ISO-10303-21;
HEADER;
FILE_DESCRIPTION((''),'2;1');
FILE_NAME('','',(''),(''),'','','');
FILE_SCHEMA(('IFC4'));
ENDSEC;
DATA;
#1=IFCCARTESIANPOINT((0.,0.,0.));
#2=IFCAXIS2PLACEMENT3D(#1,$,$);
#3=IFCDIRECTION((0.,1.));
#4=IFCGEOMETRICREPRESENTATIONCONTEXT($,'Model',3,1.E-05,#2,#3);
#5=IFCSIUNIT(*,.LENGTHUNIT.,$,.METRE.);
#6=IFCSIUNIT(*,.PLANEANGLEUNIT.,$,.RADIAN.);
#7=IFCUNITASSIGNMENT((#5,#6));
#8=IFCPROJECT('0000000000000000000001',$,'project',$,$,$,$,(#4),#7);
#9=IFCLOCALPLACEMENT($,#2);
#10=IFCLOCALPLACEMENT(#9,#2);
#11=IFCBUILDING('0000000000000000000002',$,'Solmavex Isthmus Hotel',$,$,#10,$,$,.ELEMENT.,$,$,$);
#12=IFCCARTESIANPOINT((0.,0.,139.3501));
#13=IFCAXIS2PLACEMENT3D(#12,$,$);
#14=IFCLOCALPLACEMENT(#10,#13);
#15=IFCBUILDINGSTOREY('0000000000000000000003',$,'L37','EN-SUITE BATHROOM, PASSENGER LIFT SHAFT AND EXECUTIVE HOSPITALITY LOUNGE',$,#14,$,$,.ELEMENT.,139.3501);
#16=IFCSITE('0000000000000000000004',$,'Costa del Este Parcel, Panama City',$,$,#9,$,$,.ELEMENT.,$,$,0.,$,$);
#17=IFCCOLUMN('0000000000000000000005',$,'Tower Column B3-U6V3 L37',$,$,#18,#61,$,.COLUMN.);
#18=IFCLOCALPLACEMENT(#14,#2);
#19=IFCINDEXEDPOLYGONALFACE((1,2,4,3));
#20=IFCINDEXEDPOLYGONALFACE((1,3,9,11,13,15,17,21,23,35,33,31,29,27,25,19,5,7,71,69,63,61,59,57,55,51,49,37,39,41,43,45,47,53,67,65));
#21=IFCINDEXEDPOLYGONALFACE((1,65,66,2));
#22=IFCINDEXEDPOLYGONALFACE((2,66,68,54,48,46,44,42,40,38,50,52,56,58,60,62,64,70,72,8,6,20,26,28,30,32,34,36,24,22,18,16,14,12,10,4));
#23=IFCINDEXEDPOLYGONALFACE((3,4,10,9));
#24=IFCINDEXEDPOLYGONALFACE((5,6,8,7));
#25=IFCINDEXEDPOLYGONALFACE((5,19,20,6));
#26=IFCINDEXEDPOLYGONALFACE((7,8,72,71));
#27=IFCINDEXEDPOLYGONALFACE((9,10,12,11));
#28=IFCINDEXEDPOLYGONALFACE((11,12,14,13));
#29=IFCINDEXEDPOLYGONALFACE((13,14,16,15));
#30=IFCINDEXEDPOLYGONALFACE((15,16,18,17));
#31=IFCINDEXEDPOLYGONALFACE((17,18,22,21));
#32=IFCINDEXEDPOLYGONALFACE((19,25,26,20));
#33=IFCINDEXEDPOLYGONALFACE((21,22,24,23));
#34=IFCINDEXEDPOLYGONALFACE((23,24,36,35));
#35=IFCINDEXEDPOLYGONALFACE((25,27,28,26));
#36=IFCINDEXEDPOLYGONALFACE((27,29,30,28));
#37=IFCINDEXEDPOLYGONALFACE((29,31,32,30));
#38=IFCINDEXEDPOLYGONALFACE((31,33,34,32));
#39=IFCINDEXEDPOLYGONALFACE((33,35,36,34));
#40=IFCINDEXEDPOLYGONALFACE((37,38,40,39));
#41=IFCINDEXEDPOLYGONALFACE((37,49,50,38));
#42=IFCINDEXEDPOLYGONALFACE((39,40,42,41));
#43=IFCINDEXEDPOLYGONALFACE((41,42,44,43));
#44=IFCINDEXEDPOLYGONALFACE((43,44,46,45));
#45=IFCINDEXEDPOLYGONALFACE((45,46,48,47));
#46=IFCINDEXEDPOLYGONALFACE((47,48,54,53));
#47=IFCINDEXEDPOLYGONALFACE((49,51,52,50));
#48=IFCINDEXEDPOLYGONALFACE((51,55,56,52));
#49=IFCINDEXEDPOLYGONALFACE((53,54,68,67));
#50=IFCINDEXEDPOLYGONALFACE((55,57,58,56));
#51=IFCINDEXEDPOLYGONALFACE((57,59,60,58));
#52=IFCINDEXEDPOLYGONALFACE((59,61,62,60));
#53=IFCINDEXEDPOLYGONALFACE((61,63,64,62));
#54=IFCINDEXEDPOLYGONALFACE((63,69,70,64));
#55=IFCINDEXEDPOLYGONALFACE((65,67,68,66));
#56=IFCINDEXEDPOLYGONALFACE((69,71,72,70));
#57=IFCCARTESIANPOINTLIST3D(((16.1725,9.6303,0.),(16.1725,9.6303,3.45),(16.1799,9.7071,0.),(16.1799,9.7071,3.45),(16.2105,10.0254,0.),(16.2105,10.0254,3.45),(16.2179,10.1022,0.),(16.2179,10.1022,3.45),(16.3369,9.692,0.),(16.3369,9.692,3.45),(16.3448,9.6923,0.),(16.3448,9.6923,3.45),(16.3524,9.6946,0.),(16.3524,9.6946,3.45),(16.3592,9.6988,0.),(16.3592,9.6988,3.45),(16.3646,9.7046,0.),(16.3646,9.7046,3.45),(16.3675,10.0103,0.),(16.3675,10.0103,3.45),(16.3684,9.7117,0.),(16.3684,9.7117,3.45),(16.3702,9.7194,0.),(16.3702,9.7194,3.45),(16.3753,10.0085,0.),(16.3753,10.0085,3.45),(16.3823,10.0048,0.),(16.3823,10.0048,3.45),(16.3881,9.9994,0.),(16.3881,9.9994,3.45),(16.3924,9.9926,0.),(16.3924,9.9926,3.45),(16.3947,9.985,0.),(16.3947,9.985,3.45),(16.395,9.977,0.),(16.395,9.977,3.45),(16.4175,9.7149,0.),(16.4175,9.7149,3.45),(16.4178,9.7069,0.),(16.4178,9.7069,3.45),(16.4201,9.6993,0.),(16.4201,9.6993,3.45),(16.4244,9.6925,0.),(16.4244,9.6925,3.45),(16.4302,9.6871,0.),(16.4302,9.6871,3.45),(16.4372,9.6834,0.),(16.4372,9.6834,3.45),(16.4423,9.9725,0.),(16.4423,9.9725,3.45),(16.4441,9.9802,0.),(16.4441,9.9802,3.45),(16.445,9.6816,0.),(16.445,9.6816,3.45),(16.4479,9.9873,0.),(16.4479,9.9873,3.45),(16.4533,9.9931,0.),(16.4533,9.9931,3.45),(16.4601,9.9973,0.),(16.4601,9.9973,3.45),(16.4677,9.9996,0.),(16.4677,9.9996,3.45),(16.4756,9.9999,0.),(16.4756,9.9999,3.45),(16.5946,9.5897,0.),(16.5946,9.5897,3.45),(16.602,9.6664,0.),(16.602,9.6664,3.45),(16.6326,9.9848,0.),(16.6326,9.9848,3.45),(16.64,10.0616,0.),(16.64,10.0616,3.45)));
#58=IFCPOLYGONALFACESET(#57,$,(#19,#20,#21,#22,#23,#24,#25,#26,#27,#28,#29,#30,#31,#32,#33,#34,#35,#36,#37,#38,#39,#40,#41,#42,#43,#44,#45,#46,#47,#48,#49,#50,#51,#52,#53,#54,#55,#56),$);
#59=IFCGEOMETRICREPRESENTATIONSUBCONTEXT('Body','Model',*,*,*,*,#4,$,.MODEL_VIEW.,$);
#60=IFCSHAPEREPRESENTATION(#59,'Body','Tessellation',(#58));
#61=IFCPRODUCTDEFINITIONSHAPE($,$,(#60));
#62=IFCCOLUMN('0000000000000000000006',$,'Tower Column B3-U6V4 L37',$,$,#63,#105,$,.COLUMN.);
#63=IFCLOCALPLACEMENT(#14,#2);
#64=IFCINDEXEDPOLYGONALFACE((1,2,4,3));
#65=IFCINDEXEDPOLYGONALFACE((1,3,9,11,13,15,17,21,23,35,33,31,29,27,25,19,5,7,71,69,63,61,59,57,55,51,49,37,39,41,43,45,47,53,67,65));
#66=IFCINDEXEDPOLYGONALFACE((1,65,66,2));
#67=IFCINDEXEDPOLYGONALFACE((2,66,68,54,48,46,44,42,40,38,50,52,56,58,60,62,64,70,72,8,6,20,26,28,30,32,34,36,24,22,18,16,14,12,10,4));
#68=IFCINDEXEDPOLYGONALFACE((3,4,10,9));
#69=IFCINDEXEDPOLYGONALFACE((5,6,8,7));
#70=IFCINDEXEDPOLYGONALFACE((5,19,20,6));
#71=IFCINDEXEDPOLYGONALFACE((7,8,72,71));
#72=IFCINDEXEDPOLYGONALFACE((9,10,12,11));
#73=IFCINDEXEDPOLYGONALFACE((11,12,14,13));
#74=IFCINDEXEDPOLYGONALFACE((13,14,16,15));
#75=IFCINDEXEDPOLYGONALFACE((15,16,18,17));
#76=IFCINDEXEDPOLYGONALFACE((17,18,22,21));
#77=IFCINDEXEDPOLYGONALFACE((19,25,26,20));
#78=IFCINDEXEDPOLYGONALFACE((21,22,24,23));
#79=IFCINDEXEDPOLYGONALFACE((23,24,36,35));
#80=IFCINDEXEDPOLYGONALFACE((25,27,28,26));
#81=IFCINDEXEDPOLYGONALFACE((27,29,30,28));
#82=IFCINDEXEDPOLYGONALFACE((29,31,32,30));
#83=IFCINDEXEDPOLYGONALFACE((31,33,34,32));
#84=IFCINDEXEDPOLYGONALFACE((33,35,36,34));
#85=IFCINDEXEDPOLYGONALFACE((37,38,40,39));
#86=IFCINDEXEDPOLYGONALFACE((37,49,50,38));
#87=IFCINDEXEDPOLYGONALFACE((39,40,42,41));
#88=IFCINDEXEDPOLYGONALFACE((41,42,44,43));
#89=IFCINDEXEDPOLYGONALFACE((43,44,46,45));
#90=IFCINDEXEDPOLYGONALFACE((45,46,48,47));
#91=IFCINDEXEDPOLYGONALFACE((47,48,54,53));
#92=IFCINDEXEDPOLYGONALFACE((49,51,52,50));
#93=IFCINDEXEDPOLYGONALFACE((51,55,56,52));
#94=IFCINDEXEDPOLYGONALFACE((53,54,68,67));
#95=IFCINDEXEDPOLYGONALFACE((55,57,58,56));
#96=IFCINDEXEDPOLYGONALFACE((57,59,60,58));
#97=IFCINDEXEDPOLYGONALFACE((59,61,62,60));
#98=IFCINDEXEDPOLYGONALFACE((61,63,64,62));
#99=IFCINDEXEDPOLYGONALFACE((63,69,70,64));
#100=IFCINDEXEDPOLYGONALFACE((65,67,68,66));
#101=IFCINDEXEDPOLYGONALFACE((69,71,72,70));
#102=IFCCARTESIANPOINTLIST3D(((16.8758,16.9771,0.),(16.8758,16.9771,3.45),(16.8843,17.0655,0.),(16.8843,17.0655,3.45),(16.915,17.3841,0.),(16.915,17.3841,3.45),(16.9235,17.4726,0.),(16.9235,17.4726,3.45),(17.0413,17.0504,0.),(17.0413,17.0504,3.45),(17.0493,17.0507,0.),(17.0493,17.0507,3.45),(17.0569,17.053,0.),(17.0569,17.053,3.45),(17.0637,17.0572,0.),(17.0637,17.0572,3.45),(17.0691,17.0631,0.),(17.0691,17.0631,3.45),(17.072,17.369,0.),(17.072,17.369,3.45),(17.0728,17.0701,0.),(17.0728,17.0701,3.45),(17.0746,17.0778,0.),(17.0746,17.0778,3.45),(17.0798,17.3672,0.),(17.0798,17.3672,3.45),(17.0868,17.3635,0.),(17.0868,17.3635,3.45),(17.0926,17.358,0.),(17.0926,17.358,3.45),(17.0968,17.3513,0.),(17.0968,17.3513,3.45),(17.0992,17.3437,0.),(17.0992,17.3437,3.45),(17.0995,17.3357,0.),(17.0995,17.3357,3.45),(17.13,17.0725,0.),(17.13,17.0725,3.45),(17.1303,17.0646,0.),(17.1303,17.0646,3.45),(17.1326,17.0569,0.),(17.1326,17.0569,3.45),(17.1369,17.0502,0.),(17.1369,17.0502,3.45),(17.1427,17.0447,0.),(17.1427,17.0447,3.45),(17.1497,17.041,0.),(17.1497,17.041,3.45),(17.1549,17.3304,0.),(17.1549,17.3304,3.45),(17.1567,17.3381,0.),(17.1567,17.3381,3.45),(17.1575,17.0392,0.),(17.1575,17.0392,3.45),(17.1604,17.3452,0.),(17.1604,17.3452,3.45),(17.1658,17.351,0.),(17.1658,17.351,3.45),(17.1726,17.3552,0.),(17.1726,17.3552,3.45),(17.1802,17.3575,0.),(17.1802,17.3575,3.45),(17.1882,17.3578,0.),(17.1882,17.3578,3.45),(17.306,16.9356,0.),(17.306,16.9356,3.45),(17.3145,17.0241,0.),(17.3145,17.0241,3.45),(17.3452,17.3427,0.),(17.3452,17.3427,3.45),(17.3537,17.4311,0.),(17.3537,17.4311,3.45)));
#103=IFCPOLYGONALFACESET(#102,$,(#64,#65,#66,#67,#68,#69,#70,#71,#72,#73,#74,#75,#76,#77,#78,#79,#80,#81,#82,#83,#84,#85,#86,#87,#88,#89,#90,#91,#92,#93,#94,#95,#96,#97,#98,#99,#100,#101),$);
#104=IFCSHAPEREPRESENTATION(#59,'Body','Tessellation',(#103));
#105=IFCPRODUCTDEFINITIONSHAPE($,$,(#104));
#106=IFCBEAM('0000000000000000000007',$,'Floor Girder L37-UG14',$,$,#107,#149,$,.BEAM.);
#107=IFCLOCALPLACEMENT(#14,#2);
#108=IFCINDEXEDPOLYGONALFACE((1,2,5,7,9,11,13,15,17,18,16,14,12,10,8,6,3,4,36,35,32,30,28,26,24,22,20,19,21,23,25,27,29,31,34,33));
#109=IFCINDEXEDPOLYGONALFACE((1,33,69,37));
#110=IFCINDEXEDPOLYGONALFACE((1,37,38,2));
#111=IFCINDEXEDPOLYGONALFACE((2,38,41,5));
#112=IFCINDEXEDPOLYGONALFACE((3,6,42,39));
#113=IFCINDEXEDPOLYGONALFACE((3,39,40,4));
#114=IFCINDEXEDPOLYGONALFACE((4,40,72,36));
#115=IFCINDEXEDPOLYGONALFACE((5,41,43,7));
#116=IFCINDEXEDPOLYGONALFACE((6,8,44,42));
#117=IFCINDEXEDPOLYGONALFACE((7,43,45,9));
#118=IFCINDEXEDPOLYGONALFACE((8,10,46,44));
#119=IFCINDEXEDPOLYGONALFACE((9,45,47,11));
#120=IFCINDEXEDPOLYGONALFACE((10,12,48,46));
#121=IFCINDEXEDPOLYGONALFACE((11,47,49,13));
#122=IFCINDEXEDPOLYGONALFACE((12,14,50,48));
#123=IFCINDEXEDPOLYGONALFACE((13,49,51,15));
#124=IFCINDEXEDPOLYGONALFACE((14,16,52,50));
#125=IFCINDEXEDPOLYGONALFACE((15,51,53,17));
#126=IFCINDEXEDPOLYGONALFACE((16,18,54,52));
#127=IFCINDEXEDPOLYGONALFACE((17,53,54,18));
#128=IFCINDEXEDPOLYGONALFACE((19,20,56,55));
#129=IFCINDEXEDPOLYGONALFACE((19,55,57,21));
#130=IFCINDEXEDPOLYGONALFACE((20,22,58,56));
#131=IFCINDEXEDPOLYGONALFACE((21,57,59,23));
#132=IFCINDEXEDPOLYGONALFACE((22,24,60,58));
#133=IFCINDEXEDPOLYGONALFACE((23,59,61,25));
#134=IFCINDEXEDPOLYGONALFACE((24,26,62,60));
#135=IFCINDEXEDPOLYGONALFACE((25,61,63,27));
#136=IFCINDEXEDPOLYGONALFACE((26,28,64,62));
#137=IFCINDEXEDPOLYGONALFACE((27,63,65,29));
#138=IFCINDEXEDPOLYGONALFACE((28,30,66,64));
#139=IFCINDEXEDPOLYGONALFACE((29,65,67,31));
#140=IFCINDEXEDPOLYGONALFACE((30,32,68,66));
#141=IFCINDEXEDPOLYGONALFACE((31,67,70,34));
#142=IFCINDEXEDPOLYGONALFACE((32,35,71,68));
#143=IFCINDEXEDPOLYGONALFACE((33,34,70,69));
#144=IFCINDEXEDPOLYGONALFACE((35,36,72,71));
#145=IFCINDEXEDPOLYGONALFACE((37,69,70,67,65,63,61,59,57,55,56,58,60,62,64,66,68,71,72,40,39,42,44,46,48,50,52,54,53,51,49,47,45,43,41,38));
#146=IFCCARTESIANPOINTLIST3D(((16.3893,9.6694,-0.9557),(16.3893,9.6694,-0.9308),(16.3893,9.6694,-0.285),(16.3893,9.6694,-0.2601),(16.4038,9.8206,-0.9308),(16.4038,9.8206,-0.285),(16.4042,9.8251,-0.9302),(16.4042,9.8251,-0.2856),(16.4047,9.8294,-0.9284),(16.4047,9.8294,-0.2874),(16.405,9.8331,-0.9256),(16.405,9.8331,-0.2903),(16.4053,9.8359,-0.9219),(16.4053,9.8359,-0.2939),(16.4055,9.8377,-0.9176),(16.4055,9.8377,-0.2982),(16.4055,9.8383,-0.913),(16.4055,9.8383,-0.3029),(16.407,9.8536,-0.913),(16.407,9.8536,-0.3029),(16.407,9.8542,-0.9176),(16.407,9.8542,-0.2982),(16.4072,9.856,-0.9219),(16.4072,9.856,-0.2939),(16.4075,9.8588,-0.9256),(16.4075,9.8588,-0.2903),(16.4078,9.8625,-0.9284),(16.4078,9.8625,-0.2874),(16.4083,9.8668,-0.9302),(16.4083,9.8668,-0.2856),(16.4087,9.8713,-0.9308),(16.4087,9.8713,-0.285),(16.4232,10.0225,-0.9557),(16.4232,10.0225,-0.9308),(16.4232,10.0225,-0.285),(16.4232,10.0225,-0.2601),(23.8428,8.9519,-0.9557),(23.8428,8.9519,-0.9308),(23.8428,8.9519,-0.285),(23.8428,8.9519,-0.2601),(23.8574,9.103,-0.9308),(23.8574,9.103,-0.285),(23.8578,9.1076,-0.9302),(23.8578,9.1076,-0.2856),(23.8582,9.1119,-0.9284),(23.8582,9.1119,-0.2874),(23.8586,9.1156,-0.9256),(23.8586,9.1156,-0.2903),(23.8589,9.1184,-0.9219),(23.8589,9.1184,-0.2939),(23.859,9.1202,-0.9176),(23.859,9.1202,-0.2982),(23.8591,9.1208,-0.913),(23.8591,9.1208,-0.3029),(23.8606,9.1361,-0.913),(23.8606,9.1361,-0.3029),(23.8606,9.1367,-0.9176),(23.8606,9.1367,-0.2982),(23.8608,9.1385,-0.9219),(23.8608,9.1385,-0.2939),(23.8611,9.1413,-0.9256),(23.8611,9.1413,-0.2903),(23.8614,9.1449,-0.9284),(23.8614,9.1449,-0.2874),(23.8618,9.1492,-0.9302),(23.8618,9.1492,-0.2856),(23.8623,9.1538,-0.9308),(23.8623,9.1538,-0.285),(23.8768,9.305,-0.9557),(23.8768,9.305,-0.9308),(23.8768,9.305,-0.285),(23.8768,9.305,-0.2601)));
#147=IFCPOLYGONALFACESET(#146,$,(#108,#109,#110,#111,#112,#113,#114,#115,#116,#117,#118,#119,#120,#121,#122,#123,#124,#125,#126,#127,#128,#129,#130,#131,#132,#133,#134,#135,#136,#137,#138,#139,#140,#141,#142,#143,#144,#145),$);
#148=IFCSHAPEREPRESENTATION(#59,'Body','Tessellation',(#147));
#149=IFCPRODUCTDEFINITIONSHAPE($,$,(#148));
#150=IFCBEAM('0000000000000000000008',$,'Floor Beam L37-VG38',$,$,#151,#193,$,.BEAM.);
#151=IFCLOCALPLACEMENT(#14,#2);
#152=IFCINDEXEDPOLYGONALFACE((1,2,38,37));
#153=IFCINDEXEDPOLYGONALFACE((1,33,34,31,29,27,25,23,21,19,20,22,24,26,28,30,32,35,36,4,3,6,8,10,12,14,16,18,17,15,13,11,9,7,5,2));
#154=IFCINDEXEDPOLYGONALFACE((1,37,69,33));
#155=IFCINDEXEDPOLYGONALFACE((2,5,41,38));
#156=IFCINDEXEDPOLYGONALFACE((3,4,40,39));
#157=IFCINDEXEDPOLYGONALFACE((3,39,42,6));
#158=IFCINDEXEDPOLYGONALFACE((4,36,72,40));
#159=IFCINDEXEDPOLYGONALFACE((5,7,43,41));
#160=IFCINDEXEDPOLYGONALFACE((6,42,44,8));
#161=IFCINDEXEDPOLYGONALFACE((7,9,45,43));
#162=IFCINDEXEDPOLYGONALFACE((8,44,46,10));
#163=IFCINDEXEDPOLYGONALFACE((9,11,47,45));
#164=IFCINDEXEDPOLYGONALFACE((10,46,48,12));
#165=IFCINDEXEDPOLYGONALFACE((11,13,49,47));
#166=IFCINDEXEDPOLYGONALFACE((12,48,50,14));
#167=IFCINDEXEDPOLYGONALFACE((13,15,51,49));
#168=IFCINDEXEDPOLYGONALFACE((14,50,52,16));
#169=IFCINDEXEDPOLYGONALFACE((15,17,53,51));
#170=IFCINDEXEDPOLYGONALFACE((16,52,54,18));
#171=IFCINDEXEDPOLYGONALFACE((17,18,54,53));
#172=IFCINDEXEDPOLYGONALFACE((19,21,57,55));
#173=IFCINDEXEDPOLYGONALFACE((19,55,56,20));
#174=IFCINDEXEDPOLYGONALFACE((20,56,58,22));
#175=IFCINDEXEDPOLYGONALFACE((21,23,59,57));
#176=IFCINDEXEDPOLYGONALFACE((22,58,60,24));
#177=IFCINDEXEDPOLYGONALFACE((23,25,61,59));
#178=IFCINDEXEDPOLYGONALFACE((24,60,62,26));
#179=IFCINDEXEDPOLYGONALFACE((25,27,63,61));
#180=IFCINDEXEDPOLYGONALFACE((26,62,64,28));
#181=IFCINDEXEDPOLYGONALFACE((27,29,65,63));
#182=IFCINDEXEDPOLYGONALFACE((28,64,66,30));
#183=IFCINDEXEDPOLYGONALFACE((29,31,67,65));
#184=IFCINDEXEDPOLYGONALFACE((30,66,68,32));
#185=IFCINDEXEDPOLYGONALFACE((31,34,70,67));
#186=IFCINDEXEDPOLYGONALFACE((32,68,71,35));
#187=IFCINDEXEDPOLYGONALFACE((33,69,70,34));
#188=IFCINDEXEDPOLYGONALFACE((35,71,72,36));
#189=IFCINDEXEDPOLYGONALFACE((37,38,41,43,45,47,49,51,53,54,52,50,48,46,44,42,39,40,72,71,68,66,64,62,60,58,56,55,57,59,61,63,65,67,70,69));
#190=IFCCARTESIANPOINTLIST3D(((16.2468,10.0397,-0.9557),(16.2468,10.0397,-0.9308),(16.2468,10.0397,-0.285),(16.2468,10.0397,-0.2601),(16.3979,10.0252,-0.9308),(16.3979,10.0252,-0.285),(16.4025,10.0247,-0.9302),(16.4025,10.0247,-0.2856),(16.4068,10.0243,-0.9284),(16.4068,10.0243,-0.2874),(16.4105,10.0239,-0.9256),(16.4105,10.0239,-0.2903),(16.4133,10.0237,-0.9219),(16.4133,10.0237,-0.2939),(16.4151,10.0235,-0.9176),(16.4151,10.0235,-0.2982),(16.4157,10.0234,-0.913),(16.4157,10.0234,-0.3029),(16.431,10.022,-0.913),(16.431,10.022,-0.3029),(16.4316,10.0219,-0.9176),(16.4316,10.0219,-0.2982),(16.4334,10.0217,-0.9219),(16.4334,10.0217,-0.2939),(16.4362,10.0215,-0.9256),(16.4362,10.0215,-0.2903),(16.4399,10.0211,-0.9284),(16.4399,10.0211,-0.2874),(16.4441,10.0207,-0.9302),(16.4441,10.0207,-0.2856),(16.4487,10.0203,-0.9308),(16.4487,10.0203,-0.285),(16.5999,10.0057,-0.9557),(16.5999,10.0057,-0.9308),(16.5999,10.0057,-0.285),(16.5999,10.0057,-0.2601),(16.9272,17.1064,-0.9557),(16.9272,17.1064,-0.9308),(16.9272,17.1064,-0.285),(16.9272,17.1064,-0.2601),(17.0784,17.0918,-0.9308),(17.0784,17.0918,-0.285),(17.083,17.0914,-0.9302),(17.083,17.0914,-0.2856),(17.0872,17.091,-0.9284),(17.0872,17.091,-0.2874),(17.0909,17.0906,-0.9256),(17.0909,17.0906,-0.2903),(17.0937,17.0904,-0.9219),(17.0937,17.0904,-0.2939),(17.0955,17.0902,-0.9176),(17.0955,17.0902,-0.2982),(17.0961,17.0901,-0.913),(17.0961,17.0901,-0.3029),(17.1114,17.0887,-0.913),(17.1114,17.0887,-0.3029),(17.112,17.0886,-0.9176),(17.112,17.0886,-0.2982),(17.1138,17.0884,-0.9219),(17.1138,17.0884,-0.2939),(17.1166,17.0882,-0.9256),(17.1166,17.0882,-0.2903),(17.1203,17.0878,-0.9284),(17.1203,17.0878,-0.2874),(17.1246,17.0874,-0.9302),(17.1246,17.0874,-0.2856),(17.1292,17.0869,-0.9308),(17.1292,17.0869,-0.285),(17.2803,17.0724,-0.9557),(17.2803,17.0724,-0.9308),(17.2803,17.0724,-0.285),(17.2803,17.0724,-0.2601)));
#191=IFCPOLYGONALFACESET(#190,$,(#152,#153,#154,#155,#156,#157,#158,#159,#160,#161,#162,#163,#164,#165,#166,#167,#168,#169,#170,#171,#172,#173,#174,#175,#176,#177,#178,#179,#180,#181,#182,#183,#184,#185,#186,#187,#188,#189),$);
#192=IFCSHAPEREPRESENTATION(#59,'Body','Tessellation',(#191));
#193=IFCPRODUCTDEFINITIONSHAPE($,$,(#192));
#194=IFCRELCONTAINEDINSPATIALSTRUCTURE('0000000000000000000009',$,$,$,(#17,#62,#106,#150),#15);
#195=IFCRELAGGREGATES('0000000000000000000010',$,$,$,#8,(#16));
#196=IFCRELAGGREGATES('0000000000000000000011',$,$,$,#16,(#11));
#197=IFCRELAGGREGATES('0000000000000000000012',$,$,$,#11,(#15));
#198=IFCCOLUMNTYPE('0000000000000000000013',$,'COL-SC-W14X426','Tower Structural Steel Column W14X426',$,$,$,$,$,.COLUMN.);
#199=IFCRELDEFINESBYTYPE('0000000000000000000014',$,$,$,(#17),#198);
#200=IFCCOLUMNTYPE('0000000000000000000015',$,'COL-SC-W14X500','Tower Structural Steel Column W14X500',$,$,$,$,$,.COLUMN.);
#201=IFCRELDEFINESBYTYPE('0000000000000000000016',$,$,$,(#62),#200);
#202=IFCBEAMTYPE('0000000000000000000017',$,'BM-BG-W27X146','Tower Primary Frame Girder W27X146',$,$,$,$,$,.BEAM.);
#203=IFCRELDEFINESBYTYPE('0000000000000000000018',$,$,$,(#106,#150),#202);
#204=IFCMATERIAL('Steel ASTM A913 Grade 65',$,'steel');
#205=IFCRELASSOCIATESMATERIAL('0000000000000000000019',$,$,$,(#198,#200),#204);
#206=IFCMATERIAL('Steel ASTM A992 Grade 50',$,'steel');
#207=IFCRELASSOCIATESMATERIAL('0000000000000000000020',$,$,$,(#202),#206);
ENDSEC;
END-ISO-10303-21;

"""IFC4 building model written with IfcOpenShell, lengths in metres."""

from ifc_helpers import new_model, si_unit, direction, frame, origin, origin_2d, place, context, subcontext, project, spatial, i_section, extrude, material, material_profile, profile_set, type_object, element, save


model = new_model("IFC4")

# Units and contexts
model_context = context("Model", 3, precision=1e-05, world=origin(), true_north=direction((0.0, 1.0)))
body_context = subcontext(model_context, "Body", "Model", "MODEL_VIEW")
ifc_project = project(units=[si_unit("LENGTHUNIT", "METRE"), si_unit("PLANEANGLEUNIT", "RADIAN")], contexts=[model_context])

# Site, building, storey
site_placement = place(None, origin())
site = spatial("IfcSite", under=ifc_project, at=site_placement, Name="Costa del Este Parcel, Panama City", CompositionType="ELEMENT", RefElevation=0.0)
building_placement = place(site_placement, origin())
building = spatial("IfcBuilding", under=site, at=building_placement, Name="Solmavex Isthmus Hotel", CompositionType="ELEMENT")
storey_placement = place(building_placement, frame((0.0, 0.0, 139.3501)))
storey = spatial("IfcBuildingStorey", under=building, at=storey_placement, Name="L37", Description="EN-SUITE BATHROOM, PASSENGER LIFT SHAFT AND EXECUTIVE HOSPITALITY LOUNGE", CompositionType="ELEMENT", Elevation=139.3501)

# Columns
ifc_material_1 = material(Name="Steel ASTM A913 Grade 65", Category="steel")
ifc_material_profile_1 = material_profile(ifc_material_1, i_section(OverallWidth=0.4241, OverallDepth=0.4741, WebThickness=0.0476, FlangeThickness=0.0771, FilletRadius=0.0305, at=origin_2d()), Name="W14X426")
ifc_profile_set_1 = profile_set([ifc_material_profile_1], Name="Steel ASTM A913 Grade 65")
column_type_1 = type_object("IfcColumnType", Name="COL-SC-W14X426", Description="Tower Structural Steel Column W14X426", PredefinedType="COLUMN", material=ifc_profile_set_1)
column_1_placement = place(storey_placement, frame((16.4062, 9.8459, 0.0), z_axis=(0.0, 0.0, 1.0), x_axis=(0.995396, -0.095846, 0.0)))
element("IfcColumn", 1, at=column_1_placement, inside=storey, type_object=column_type_1, Name="Tower Column B3-U6V3 L37", PredefinedType="COLUMN", context=body_context, shape_type="SweptSolid", body=[
    extrude(i_section(OverallWidth=0.4241, OverallDepth=0.4741, WebThickness=0.0476, FlangeThickness=0.0771, FilletRadius=0.0305, at=origin_2d()), origin(), (0.0, 0.0, 1.0), 3.45),
])
ifc_material_profile_2 = material_profile(ifc_material_1, i_section(OverallWidth=0.4321, OverallDepth=0.4978, WebThickness=0.0557, FlangeThickness=0.0889, FilletRadius=0.0305, at=origin_2d()), Name="W14X500")
ifc_profile_set_2 = profile_set([ifc_material_profile_2], Name="Steel ASTM A913 Grade 65")
column_type_2 = type_object("IfcColumnType", Name="COL-SC-W14X500", Description="Tower Structural Steel Column W14X500", PredefinedType="COLUMN", material=ifc_profile_set_2)
column_2_placement = place(storey_placement, frame((17.1147, 17.2041, 0.0), z_axis=(0.0, 0.0, 1.0), x_axis=(0.995396, -0.095846, 0.0)))
element("IfcColumn", 2, at=column_2_placement, inside=storey, type_object=column_type_2, Name="Tower Column B3-U6V4 L37", PredefinedType="COLUMN", context=body_context, shape_type="SweptSolid", body=[
    extrude(i_section(OverallWidth=0.4321, OverallDepth=0.4978, WebThickness=0.0557, FlangeThickness=0.0889, FilletRadius=0.0305, at=origin_2d()), origin(), (0.0, 0.0, 1.0), 3.45),
])

# Beams
ifc_material_2 = material(Name="Steel ASTM A992 Grade 50", Category="steel")
ifc_material_profile_3 = material_profile(ifc_material_2, i_section(OverallWidth=0.3547, OverallDepth=0.6956, WebThickness=0.0154, FlangeThickness=0.0249, FilletRadius=0.0178, at=origin_2d()), Name="W27X146")
ifc_profile_set_3 = profile_set([ifc_material_profile_3], Name="Steel ASTM A992 Grade 50")
beam_type_1 = type_object("IfcBeamType", Name="BM-BG-W27X146", Description="Tower Primary Frame Girder W27X146", PredefinedType="BEAM", material=ifc_profile_set_3)
beam_1_placement = place(storey_placement, frame((16.4062, 9.8459, -0.6079), z_axis=(0.995398, -0.095823, 0.0), x_axis=(0.095823, 0.995398, 0.0)))
element("IfcBeam", 3, at=beam_1_placement, inside=storey, type_object=beam_type_1, Name="Floor Girder L37-UG14", PredefinedType="BEAM", context=body_context, shape_type="SweptSolid", body=[
    extrude(i_section(OverallWidth=0.3547, OverallDepth=0.6956, WebThickness=0.0154, FlangeThickness=0.0249, FilletRadius=0.0178, at=origin_2d()), origin(), (0.0, 0.0, 1.0), 7.488),
])
beam_2_placement = place(storey_placement, frame((16.4233, 10.0227, -0.6079), z_axis=(0.095843, 0.995396, 0.0), x_axis=(-0.995396, 0.095843, 0.0)))
element("IfcBeam", 4, at=beam_2_placement, inside=storey, type_object=beam_type_1, Name="Floor Beam L37-VG38", PredefinedType="BEAM", context=body_context, shape_type="SweptSolid", body=[
    extrude(i_section(OverallWidth=0.3547, OverallDepth=0.6956, WebThickness=0.0154, FlangeThickness=0.0249, FilletRadius=0.0178, at=origin_2d()), origin(), (0.0, 0.0, 1.0), 7.0994),
])

save(model, "model.ifc")
